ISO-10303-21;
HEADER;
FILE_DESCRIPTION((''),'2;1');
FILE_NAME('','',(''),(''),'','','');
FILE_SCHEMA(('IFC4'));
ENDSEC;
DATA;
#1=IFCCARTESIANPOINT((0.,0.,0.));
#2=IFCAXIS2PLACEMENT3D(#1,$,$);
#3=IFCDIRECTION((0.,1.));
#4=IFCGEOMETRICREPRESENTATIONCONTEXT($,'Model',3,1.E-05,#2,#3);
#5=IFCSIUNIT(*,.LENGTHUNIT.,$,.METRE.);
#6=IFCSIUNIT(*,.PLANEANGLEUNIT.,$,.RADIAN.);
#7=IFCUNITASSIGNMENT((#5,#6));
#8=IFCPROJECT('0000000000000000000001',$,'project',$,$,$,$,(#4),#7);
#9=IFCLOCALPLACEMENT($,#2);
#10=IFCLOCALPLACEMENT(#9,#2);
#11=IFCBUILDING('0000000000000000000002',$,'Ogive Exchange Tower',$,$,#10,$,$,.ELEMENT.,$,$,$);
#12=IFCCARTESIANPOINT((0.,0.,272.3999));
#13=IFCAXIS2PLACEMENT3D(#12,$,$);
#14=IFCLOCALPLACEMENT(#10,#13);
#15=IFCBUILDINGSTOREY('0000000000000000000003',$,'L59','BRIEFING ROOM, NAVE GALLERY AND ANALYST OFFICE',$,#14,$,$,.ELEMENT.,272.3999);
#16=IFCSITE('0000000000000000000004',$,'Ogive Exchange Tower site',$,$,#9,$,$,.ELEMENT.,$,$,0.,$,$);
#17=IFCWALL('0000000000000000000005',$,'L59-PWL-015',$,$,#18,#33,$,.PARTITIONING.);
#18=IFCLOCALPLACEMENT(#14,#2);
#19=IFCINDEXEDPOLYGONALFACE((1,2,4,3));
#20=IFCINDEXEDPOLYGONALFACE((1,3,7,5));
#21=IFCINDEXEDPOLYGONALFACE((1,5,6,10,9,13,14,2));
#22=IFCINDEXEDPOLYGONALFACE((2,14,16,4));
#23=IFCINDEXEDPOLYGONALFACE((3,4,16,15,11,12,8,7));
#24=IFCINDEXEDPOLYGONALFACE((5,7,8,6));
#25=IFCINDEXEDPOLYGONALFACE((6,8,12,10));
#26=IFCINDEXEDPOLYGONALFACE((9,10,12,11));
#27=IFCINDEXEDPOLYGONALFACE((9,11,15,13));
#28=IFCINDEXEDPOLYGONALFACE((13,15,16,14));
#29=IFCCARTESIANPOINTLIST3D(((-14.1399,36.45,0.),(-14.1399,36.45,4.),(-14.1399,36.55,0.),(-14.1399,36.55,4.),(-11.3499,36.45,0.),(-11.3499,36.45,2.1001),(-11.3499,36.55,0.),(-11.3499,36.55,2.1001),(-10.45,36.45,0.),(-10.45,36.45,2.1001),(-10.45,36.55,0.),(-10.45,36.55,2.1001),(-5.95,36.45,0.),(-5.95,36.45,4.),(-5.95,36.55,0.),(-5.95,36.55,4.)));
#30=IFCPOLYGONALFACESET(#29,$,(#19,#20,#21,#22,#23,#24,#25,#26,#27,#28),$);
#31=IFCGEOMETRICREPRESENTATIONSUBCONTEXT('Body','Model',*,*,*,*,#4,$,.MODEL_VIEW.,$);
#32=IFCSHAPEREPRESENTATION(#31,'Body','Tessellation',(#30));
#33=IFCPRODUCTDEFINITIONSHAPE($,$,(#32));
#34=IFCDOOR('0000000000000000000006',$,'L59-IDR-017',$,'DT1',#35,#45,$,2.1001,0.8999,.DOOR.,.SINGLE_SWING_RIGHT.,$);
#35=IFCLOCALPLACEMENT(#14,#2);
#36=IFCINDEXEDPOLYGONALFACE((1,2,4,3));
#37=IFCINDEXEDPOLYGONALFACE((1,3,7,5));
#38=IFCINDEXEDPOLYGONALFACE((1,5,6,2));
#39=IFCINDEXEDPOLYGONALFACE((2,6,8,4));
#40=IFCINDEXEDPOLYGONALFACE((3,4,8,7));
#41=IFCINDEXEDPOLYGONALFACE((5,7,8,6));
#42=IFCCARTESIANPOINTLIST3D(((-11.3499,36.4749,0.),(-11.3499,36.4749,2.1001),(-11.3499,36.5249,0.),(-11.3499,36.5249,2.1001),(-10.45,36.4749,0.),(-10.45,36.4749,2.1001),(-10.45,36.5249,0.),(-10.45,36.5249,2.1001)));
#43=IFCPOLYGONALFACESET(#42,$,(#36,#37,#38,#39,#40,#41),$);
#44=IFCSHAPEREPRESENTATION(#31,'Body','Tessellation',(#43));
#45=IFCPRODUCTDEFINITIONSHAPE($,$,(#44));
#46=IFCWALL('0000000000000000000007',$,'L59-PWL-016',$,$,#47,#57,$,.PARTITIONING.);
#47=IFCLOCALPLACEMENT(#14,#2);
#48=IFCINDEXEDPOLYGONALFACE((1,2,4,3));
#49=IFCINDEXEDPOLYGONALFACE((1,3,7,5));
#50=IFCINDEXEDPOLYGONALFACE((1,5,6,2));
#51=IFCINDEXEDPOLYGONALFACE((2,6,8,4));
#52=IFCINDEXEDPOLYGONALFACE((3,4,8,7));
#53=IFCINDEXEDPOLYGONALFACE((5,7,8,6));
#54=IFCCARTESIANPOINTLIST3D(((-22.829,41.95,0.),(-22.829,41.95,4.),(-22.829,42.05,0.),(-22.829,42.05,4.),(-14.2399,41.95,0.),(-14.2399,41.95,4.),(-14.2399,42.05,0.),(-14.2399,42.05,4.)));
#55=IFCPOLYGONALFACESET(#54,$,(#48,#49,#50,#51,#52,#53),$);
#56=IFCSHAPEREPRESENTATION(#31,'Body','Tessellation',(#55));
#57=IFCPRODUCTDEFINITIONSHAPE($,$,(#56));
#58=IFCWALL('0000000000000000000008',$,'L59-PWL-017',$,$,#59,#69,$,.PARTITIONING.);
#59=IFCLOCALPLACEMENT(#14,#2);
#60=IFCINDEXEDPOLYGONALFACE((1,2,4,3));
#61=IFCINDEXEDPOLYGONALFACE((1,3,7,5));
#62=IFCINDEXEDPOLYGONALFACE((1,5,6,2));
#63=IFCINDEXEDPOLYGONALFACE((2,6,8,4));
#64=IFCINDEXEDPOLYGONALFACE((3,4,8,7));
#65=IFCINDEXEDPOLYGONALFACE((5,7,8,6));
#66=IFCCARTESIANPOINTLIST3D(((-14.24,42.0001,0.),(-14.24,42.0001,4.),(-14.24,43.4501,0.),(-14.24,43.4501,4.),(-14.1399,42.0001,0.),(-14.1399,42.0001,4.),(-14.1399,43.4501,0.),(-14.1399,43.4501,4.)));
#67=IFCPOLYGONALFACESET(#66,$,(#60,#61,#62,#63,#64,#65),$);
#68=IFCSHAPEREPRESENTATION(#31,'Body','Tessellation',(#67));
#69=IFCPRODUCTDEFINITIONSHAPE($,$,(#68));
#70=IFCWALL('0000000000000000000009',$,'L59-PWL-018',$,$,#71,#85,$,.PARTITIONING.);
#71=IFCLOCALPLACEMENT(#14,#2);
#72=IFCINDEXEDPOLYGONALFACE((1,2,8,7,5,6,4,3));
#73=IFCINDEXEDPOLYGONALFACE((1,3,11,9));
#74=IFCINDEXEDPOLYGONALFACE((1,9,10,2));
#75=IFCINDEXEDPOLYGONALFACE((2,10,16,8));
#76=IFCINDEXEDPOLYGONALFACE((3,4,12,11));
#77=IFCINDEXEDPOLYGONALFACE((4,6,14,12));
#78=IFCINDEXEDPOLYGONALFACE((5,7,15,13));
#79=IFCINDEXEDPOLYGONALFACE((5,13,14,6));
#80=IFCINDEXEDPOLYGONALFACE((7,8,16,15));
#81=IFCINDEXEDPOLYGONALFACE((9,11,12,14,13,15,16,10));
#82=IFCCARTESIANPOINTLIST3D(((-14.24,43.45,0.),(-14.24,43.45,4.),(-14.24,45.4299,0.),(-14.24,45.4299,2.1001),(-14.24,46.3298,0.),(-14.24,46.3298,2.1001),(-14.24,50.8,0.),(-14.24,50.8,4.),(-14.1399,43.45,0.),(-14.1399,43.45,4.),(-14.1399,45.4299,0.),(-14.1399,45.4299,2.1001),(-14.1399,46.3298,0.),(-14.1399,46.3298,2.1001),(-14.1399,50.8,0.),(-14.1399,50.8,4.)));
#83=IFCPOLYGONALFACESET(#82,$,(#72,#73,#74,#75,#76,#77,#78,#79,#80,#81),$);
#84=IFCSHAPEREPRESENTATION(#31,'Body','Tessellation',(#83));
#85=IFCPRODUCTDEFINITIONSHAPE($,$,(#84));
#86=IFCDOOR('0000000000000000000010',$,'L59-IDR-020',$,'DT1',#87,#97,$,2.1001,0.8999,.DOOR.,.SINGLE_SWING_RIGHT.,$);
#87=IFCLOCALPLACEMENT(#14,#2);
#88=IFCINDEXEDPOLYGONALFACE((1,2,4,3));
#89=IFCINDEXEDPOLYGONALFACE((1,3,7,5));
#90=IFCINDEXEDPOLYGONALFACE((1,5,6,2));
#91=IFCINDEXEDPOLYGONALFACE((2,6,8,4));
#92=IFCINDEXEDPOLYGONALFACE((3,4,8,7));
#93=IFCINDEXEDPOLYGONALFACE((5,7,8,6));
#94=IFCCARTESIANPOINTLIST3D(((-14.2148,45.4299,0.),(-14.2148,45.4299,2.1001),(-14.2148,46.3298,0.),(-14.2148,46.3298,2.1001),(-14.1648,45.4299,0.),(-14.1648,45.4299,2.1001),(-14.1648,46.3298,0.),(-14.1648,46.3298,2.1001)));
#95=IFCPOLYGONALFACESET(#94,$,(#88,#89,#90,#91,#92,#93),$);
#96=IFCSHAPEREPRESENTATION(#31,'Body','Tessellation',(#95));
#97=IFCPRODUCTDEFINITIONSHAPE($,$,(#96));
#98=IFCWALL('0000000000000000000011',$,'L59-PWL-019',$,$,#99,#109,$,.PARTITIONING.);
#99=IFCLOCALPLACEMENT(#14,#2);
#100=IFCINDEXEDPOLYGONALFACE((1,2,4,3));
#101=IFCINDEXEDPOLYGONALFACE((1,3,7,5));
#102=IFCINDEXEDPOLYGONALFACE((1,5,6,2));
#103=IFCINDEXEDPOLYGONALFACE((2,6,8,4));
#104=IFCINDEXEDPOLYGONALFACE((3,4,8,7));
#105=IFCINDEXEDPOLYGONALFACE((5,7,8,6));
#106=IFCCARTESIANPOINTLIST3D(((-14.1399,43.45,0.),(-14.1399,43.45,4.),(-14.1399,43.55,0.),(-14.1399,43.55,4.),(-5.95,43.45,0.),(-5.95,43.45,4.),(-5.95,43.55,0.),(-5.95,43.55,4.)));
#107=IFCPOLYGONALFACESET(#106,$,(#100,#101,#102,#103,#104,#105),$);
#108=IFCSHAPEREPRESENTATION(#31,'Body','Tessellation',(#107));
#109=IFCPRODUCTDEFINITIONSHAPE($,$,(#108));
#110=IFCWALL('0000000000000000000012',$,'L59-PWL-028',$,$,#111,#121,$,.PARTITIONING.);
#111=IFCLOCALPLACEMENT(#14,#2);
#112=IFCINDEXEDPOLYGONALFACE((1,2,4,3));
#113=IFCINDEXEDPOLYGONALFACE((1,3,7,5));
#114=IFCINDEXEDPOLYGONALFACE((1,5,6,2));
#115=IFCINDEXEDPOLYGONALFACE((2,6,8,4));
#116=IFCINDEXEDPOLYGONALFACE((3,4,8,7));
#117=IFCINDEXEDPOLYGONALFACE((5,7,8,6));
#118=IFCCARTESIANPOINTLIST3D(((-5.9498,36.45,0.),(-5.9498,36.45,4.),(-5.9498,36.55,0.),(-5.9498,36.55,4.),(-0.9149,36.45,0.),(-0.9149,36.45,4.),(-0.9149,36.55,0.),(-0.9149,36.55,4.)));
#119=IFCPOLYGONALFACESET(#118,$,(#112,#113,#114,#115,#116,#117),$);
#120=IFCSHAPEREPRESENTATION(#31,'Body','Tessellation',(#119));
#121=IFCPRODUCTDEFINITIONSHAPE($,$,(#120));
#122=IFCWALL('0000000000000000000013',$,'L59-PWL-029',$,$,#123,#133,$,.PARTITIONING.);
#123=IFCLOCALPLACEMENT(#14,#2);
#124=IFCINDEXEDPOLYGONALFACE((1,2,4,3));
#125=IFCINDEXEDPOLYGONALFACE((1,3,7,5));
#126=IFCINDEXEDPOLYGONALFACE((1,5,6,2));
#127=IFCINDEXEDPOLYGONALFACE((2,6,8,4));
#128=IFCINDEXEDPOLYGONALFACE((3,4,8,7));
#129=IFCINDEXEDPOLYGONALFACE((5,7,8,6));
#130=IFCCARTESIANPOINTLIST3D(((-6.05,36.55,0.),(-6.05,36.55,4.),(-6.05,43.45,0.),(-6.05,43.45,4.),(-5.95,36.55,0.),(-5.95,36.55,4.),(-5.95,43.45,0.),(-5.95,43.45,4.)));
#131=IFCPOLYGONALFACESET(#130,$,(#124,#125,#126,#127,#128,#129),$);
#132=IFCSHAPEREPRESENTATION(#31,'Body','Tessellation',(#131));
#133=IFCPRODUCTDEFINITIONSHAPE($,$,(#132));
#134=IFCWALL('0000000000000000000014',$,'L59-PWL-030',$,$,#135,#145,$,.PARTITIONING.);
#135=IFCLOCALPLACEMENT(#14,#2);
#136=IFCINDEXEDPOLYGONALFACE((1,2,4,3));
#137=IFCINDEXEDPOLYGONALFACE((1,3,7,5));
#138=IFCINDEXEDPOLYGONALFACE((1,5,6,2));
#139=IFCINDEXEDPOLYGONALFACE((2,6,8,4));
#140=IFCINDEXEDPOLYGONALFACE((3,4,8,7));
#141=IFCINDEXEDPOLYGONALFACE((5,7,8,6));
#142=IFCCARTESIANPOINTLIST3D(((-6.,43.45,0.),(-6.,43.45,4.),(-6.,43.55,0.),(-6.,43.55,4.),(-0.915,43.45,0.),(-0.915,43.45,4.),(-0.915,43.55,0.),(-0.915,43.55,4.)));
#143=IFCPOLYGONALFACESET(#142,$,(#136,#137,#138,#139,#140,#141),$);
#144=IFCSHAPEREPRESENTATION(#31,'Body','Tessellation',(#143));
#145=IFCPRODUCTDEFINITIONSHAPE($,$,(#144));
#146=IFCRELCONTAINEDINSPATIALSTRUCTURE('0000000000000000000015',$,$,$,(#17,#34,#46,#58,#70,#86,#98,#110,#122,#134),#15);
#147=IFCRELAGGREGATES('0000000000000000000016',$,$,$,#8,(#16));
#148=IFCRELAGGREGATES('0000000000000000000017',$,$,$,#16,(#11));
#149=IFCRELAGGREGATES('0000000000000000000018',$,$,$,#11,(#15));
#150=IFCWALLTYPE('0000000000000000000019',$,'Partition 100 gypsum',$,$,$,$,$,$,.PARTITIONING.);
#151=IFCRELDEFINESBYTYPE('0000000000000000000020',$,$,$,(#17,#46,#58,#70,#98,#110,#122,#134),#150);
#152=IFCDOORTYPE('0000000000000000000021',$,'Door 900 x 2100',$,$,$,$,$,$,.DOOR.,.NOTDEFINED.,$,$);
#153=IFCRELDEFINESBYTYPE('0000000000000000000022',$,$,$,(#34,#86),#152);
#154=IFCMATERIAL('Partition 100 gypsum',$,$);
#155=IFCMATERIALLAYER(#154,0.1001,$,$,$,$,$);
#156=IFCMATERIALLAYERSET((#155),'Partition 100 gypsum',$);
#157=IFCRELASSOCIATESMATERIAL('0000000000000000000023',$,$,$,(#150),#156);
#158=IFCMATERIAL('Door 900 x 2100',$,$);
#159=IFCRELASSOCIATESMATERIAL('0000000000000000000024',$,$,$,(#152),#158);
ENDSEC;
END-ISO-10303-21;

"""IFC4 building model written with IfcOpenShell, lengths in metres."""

from ifc_helpers import new_model, si_unit, direction, frame, frame_2d, origin, place, context, subcontext, project, spatial, rectangle, extrude, material, layer, layer_set, type_object, element, fill, save


model = new_model("IFC4")

# Units and contexts
model_context = context("Model", 3, precision=1e-05, world=origin(), true_north=direction((0.0, 1.0)))
body_context = subcontext(model_context, "Body", "Model", "MODEL_VIEW")
ifc_project = project(units=[si_unit("LENGTHUNIT", "METRE"), si_unit("PLANEANGLEUNIT", "RADIAN")], contexts=[model_context])

# Site, building, storey
site_placement = place(None, origin())
site = spatial("IfcSite", under=ifc_project, at=site_placement, Name="Ogive Exchange Tower site", CompositionType="ELEMENT", RefElevation=0.0)
building_placement = place(site_placement, origin())
building = spatial("IfcBuilding", under=site, at=building_placement, Name="Ogive Exchange Tower", CompositionType="ELEMENT")
storey_placement = place(building_placement, frame((0.0, 0.0, 272.3999)))
storey = spatial("IfcBuildingStorey", under=building, at=storey_placement, Name="L59", Description="BRIEFING ROOM, NAVE GALLERY AND ANALYST OFFICE", CompositionType="ELEMENT", Elevation=272.3999)

# Shared definitions
ifc_material_1 = material(Name="Partition 100 gypsum")
ifc_layer_1 = layer(ifc_material_1, 0.1001)
ifc_layer_set_1 = layer_set([ifc_layer_1], Name="Partition 100 gypsum")
wall_type_1 = type_object("IfcWallType", Name="Partition 100 gypsum", PredefinedType="PARTITIONING", material=ifc_layer_set_1)

# Wall, opening, door
wall_1_placement = place(storey_placement, frame((-14.1399, 36.5, 0.0), z_axis=(0.0, 0.0, 1.0), x_axis=(1.0, 0.0, 0.0)))
wall_1 = element("IfcWall", 1, at=wall_1_placement, inside=storey, type_object=wall_type_1, Name="L59-PWL-015", PredefinedType="PARTITIONING", context=body_context, shape_type="SweptSolid", body=[
    extrude(rectangle(XDim=8.1899, YDim=0.1001, at=frame_2d((4.095, 0.0))), origin(), (0.0, 0.0, 1.0), 4.0),
])
opening_1_placement = place(wall_1_placement, frame((2.79, 0.0, 0.0)))
opening_1 = element("IfcOpeningElement", 2, at=opening_1_placement, cuts=wall_1, PredefinedType="OPENING", context=body_context, shape_type="SweptSolid", body=[
    extrude(rectangle(XDim=0.8999, YDim=2.1001, at=frame_2d((0.45, 1.05))), frame((0.0, 0.0601, 0.0), z_axis=(0.0, -1.0, 0.0), x_axis=(1.0, 0.0, 0.0)), (0.0, 0.0, 1.0), 0.1201),
])
ifc_material_2 = material(Name="Door 900 x 2100")
door_type_1 = type_object("IfcDoorType", Name="Door 900 x 2100", OperationType="NOTDEFINED", PredefinedType="DOOR", material=ifc_material_2)
door_1_placement = place(opening_1_placement, origin())
door_1 = element("IfcDoor", 3, at=door_1_placement, inside=storey, type_object=door_type_1, Name="L59-IDR-017", ObjectType="DT1", OperationType="SINGLE_SWING_RIGHT", OverallHeight=2.1001, OverallWidth=0.8999, PredefinedType="DOOR", context=body_context, shape_type="SweptSolid", body=[
    extrude(rectangle(XDim=0.8999, YDim=2.1001, at=frame_2d((0.45, 1.05))), frame((0.0, 0.0249, 0.0), z_axis=(0.0, -1.0, 0.0), x_axis=(1.0, 0.0, 0.0)), (0.0, 0.0, 1.0), 0.05),
])
fill(opening_1, door_1)

# Walls
wall_2_placement = place(storey_placement, frame((-14.24, 42.0, 0.0), z_axis=(0.0, 0.0, 1.0), x_axis=(-1.0, 0.0, 0.0)))
element("IfcWall", 4, at=wall_2_placement, inside=storey, type_object=wall_type_1, Name="L59-PWL-016", PredefinedType="PARTITIONING", context=body_context, shape_type="SweptSolid", body=[
    extrude(rectangle(XDim=8.5891, YDim=0.1001, at=frame_2d((4.2944, 0.0))), origin(), (0.0, 0.0, 1.0), 4.0),
])
wall_3_placement = place(storey_placement, frame((-14.1899, 42.0, 0.0), z_axis=(0.0, 0.0, 1.0), x_axis=(0.0, 1.0, 0.0)))
element("IfcWall", 5, at=wall_3_placement, inside=storey, type_object=wall_type_1, Name="L59-PWL-017", PredefinedType="PARTITIONING", context=body_context, shape_type="SweptSolid", body=[
    extrude(rectangle(XDim=1.45, YDim=0.1001, at=frame_2d((0.7251, 0.0))), origin(), (0.0, 0.0, 1.0), 4.0),
])

# Wall, opening, door
wall_4_placement = place(storey_placement, frame((-14.1899, 43.45, 0.0), z_axis=(0.0, 0.0, 1.0), x_axis=(0.0, 1.0, 0.0)))
wall_4 = element("IfcWall", 6, at=wall_4_placement, inside=storey, type_object=wall_type_1, Name="L59-PWL-018", PredefinedType="PARTITIONING", context=body_context, shape_type="SweptSolid", body=[
    extrude(rectangle(XDim=7.3501, YDim=0.1001, at=frame_2d((3.675, 0.0))), origin(), (0.0, 0.0, 1.0), 4.0),
])
opening_2_placement = place(wall_4_placement, frame((1.98, 0.0, 0.0)))
opening_2 = element("IfcOpeningElement", 7, at=opening_2_placement, cuts=wall_4, PredefinedType="OPENING", context=body_context, shape_type="SweptSolid", body=[
    extrude(rectangle(XDim=0.8999, YDim=2.1001, at=frame_2d((0.45, 1.05))), frame((0.0, 0.0601, 0.0), z_axis=(0.0, -1.0, 0.0), x_axis=(1.0, 0.0, 0.0)), (0.0, 0.0, 1.0), 0.1201),
])
door_2_placement = place(opening_2_placement, origin())
door_2 = element("IfcDoor", 8, at=door_2_placement, inside=storey, type_object=door_type_1, Name="L59-IDR-020", ObjectType="DT1", OperationType="SINGLE_SWING_RIGHT", OverallHeight=2.1001, OverallWidth=0.8999, PredefinedType="DOOR", context=body_context, shape_type="SweptSolid", body=[
    extrude(rectangle(XDim=0.8999, YDim=2.1001, at=frame_2d((0.45, 1.05))), frame((0.0, 0.0249, 0.0), z_axis=(0.0, -1.0, 0.0), x_axis=(1.0, 0.0, 0.0)), (0.0, 0.0, 1.0), 0.05),
])
fill(opening_2, door_2)

# Walls
wall_5_placement = place(storey_placement, frame((-14.1399, 43.5, 0.0), z_axis=(0.0, 0.0, 1.0), x_axis=(1.0, 0.0, 0.0)))
element("IfcWall", 9, at=wall_5_placement, inside=storey, type_object=wall_type_1, Name="L59-PWL-019", PredefinedType="PARTITIONING", context=body_context, shape_type="SweptSolid", body=[
    extrude(rectangle(XDim=8.1899, YDim=0.1001, at=frame_2d((4.095, 0.0))), origin(), (0.0, 0.0, 1.0), 4.0),
])
wall_6_placement = place(storey_placement, frame((-5.95, 36.5, 0.0), z_axis=(0.0, 0.0, 1.0), x_axis=(1.0, 0.0, 0.0)))
element("IfcWall", 10, at=wall_6_placement, inside=storey, type_object=wall_type_1, Name="L59-PWL-028", PredefinedType="PARTITIONING", context=body_context, shape_type="SweptSolid", body=[
    extrude(rectangle(XDim=5.0349, YDim=0.1001, at=frame_2d((2.5176, 0.0))), origin(), (0.0, 0.0, 1.0), 4.0),
])
wall_7_placement = place(storey_placement, frame((-6.0, 43.45, 0.0), z_axis=(0.0, 0.0, 1.0), x_axis=(0.0, -1.0, 0.0)))
element("IfcWall", 11, at=wall_7_placement, inside=storey, type_object=wall_type_1, Name="L59-PWL-029", PredefinedType="PARTITIONING", context=body_context, shape_type="SweptSolid", body=[
    extrude(rectangle(XDim=6.8999, YDim=0.1001, at=frame_2d((3.45, 0.0))), origin(), (0.0, 0.0, 1.0), 4.0),
])
wall_8_placement = place(storey_placement, frame((-6.0, 43.5, 0.0), z_axis=(0.0, 0.0, 1.0), x_axis=(1.0, 0.0, 0.0)))
element("IfcWall", 12, at=wall_8_placement, inside=storey, type_object=wall_type_1, Name="L59-PWL-030", PredefinedType="PARTITIONING", context=body_context, shape_type="SweptSolid", body=[
    extrude(rectangle(XDim=5.085, YDim=0.1001, at=frame_2d((2.5425, 0.0))), origin(), (0.0, 0.0, 1.0), 4.0),
])

save(model, "model.ifc")
